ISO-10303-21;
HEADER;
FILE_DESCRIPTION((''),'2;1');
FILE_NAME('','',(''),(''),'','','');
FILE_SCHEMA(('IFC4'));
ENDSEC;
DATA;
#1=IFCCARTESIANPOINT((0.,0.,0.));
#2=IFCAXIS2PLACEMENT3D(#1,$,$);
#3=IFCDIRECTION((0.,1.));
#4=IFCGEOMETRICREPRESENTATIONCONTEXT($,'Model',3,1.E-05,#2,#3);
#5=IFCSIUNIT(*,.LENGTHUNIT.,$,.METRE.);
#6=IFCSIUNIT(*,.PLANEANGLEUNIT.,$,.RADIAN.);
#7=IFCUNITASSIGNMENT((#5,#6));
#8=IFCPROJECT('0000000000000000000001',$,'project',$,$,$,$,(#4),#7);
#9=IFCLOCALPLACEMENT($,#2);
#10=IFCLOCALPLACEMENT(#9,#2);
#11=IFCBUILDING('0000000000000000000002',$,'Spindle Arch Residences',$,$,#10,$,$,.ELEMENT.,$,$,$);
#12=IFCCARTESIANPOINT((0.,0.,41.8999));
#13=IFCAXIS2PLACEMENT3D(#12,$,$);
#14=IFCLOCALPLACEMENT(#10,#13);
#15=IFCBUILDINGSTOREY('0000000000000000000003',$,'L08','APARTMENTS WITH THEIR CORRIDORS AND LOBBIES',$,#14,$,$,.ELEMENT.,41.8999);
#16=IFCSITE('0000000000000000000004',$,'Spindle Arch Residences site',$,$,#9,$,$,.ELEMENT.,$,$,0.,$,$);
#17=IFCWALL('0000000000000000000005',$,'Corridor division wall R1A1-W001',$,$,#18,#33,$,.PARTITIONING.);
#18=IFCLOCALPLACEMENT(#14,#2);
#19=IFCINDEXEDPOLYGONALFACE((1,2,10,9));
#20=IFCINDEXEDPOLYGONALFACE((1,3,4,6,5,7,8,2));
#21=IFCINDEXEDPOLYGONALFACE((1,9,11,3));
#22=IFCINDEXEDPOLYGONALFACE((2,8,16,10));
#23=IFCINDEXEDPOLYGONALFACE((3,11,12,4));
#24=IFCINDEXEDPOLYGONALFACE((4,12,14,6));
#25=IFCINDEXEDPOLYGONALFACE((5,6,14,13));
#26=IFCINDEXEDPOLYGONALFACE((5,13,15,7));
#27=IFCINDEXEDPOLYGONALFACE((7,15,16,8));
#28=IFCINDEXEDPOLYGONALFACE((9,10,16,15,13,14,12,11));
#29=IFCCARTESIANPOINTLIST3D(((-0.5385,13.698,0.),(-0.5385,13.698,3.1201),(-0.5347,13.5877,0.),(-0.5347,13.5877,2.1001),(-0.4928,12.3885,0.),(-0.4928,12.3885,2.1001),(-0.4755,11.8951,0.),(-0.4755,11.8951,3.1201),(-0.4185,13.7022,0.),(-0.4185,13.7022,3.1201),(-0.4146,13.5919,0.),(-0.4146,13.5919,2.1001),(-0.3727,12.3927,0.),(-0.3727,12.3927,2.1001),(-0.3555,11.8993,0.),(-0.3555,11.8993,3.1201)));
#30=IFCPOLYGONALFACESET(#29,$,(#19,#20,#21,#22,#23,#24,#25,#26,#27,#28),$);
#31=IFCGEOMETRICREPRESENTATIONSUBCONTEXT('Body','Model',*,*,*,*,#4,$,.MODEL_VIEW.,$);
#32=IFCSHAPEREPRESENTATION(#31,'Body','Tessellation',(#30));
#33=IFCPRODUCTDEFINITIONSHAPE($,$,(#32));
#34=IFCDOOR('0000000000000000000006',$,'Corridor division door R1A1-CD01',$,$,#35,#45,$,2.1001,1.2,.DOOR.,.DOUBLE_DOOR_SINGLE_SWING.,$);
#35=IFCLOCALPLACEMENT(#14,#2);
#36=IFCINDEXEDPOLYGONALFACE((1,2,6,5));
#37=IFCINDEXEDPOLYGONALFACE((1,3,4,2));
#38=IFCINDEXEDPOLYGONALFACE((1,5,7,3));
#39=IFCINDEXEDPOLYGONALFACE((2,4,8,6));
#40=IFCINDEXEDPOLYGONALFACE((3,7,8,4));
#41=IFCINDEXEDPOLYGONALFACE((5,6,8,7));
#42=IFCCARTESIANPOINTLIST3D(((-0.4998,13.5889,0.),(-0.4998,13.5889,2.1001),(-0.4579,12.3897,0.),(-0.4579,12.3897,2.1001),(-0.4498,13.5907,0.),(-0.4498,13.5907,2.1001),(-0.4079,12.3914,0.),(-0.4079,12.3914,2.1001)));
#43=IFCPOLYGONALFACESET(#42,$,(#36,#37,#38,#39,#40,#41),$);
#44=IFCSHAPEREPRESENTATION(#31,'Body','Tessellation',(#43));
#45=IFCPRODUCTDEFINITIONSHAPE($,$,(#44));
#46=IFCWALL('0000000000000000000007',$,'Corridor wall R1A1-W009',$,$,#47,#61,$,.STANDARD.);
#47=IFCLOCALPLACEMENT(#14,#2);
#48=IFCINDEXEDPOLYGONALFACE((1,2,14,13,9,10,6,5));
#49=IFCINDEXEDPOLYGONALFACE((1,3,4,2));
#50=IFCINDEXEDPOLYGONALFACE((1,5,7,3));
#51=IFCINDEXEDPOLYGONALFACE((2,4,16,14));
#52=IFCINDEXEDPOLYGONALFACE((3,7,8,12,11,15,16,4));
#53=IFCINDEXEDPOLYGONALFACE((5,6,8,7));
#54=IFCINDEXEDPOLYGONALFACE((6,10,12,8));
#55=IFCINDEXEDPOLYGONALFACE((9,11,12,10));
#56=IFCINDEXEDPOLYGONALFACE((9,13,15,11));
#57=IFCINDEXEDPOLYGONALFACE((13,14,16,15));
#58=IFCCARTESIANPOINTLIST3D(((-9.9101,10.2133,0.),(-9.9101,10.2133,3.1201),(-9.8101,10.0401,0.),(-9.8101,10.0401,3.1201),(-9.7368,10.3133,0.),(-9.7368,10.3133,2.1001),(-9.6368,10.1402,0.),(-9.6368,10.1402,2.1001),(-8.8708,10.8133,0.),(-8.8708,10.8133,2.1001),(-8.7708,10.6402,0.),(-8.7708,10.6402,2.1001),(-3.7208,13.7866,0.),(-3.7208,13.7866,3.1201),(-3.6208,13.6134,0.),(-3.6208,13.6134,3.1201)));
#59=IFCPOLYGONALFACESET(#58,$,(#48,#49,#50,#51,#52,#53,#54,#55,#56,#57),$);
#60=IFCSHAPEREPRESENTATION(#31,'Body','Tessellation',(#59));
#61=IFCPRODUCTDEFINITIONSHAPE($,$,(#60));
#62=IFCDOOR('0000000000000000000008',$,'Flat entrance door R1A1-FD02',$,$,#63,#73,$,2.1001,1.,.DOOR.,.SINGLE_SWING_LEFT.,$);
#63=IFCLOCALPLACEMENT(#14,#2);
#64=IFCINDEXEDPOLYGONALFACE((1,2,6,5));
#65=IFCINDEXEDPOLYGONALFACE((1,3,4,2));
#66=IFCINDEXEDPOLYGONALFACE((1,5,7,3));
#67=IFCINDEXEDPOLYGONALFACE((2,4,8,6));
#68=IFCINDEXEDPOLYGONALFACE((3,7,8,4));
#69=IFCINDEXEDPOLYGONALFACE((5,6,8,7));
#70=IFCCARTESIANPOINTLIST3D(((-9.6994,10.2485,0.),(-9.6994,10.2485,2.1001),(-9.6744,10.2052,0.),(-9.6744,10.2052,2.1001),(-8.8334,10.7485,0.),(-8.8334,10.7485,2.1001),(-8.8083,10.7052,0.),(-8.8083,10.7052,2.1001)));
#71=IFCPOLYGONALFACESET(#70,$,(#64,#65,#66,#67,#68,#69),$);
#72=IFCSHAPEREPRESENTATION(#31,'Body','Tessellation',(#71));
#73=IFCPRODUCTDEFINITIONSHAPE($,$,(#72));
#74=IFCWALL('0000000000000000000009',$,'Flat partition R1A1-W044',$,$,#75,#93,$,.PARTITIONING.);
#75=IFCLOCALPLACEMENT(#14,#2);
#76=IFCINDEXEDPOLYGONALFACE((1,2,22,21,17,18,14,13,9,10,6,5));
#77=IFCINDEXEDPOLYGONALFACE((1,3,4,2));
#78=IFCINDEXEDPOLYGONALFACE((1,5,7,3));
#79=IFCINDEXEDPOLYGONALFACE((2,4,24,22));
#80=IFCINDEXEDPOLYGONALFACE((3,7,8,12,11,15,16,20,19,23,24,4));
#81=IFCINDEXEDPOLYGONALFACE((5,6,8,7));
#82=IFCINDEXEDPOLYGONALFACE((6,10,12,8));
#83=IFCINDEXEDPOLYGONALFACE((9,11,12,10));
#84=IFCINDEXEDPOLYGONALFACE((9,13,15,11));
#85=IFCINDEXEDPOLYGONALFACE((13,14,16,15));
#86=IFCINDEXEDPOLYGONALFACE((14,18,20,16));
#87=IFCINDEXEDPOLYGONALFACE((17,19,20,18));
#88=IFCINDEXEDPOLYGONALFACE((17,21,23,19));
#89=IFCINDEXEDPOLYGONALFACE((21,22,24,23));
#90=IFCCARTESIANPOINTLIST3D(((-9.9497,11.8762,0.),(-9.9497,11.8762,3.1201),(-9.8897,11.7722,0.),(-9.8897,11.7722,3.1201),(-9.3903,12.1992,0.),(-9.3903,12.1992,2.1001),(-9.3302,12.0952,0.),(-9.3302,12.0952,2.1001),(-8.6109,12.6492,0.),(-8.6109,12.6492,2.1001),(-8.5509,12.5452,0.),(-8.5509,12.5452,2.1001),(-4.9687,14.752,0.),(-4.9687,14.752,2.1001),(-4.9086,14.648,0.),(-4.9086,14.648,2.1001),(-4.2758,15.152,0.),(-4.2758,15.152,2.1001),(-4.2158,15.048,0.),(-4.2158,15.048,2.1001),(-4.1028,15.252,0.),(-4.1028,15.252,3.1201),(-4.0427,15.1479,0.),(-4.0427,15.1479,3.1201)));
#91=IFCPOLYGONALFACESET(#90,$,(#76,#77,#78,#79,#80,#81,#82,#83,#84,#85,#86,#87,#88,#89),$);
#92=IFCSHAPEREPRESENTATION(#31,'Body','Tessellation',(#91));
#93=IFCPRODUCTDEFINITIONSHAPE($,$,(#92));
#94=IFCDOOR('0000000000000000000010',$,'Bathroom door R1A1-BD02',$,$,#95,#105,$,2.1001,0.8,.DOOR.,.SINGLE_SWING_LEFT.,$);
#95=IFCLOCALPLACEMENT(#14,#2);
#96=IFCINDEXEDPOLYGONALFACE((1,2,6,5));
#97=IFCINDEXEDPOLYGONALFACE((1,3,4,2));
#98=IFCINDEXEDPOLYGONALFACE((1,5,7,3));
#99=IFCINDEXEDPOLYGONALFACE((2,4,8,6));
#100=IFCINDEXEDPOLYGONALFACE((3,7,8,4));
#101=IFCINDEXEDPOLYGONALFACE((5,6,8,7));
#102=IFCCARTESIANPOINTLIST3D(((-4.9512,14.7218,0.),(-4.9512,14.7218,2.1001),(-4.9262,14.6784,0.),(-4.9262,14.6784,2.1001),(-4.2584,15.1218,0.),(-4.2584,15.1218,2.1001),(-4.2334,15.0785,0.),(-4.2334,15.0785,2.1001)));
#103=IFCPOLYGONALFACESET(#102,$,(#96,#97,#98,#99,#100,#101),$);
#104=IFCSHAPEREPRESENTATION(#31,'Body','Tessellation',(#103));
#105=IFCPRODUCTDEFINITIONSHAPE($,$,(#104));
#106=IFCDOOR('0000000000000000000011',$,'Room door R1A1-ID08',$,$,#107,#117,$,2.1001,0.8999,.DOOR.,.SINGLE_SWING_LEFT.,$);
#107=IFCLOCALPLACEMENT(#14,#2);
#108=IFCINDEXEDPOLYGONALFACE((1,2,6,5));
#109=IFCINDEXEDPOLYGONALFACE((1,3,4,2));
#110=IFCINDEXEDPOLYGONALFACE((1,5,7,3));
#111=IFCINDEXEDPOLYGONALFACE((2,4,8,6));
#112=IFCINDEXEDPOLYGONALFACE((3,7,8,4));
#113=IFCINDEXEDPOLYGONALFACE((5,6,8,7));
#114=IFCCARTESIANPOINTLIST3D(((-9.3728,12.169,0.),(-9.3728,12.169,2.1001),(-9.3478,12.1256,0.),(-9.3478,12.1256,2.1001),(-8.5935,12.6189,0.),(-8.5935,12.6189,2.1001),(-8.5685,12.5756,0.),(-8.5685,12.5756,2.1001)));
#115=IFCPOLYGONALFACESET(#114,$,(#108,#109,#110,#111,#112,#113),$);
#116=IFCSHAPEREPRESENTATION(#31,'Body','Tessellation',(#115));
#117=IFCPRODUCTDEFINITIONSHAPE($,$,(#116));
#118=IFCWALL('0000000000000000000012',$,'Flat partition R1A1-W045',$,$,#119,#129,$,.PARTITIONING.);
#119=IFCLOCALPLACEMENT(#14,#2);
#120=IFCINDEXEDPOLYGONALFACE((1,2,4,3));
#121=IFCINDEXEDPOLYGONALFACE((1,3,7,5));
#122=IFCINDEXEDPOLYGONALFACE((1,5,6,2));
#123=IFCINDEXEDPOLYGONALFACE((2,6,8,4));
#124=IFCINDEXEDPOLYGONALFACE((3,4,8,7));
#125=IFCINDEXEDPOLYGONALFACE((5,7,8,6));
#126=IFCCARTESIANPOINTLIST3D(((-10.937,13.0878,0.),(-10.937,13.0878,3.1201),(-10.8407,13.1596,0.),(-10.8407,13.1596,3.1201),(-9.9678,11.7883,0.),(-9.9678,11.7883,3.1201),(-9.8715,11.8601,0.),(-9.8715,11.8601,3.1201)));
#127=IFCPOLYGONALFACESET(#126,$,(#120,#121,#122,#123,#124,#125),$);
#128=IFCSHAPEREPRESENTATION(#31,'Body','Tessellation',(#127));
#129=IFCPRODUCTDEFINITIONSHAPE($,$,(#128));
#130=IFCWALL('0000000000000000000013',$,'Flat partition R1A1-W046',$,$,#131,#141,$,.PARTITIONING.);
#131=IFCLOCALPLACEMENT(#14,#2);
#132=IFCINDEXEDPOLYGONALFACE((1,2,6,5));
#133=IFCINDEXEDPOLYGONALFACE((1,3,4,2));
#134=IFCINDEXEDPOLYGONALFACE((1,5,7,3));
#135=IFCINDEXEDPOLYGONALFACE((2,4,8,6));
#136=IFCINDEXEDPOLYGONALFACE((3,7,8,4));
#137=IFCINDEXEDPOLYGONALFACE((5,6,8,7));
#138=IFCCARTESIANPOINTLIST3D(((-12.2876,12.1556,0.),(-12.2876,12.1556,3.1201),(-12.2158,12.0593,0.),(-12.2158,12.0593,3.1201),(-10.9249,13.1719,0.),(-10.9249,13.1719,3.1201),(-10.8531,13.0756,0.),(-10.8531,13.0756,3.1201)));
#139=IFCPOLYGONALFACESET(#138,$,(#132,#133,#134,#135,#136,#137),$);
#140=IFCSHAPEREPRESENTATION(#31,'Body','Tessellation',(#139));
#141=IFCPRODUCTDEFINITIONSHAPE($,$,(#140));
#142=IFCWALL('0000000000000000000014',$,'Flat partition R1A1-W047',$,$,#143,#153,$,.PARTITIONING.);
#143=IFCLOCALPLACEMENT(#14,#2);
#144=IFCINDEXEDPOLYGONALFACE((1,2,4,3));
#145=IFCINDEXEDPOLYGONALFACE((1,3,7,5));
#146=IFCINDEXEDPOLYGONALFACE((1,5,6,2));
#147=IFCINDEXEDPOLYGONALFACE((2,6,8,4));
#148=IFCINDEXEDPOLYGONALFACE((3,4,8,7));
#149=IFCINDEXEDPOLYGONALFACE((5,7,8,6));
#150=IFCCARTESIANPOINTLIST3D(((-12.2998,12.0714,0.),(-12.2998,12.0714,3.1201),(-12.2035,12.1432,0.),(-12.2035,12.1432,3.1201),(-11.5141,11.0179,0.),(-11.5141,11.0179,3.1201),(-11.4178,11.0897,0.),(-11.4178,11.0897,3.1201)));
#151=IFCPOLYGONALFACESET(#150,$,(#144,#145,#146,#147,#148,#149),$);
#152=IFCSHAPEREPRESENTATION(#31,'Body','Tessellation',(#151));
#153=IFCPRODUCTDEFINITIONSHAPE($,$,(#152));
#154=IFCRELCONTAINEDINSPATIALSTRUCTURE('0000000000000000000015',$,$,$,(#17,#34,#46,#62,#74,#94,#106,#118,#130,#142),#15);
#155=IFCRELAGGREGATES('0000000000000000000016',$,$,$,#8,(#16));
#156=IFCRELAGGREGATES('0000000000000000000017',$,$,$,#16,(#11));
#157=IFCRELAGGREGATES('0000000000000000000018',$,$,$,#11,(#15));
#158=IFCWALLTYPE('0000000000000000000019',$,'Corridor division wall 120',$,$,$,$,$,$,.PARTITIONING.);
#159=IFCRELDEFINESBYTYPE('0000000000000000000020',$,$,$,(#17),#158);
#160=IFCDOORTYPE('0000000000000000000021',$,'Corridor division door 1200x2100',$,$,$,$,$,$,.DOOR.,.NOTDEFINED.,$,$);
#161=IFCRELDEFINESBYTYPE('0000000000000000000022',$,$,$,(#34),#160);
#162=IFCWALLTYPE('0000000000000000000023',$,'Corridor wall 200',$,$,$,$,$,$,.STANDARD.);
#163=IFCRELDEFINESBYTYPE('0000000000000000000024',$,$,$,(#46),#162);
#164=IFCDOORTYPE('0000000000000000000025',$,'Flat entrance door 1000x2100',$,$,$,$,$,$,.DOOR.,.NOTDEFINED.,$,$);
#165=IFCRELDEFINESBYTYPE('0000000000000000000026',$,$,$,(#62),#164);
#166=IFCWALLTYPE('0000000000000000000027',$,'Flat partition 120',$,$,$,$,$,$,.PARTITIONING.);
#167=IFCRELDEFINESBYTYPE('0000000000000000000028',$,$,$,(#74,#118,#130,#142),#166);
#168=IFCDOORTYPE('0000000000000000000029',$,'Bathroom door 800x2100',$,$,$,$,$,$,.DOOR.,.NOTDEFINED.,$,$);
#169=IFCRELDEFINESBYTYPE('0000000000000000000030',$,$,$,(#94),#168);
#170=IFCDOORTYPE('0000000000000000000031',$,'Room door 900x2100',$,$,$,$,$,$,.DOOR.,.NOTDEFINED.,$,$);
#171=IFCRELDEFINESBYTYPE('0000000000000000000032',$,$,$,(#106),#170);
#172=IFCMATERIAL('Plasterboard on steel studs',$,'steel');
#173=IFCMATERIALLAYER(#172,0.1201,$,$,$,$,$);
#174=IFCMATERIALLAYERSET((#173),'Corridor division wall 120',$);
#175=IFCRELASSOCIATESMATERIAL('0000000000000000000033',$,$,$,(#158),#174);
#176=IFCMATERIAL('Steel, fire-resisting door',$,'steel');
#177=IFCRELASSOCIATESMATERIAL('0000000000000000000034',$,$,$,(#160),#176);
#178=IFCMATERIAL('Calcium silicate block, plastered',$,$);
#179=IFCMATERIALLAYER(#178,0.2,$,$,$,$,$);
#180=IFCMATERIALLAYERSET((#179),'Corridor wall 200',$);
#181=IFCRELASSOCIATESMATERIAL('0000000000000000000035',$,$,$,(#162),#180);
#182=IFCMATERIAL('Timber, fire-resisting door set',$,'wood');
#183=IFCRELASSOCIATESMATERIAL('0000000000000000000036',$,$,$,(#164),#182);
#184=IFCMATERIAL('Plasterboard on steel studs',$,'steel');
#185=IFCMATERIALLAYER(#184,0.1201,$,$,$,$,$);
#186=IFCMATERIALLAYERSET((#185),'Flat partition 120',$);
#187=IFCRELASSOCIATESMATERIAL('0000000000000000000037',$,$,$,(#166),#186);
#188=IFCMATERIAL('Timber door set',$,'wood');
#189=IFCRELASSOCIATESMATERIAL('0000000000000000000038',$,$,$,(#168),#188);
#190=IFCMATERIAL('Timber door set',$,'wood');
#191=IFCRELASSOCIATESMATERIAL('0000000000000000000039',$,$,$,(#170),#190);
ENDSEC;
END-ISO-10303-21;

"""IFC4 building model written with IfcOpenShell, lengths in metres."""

from ifc_helpers import new_model, si_unit, direction, frame, frame_2d, origin, place, context, subcontext, project, spatial, rectangle, extrude, material, layer, layer_set, type_object, element, fill, save


model = new_model("IFC4")

# Units and contexts
model_context = context("Model", 3, precision=1e-05, world=origin(), true_north=direction((0.0, 1.0)))
body_context = subcontext(model_context, "Body", "Model", "MODEL_VIEW")
ifc_project = project(units=[si_unit("LENGTHUNIT", "METRE"), si_unit("PLANEANGLEUNIT", "RADIAN")], contexts=[model_context])

# Site, building, storey
site_placement = place(None, origin())
site = spatial("IfcSite", under=ifc_project, at=site_placement, Name="Spindle Arch Residences site", CompositionType="ELEMENT", RefElevation=0.0)
building_placement = place(site_placement, origin())
building = spatial("IfcBuilding", under=site, at=building_placement, Name="Spindle Arch Residences", CompositionType="ELEMENT")
storey_placement = place(building_placement, frame((0.0, 0.0, 41.8999)))
storey = spatial("IfcBuildingStorey", under=building, at=storey_placement, Name="L08", Description="APARTMENTS WITH THEIR CORRIDORS AND LOBBIES", CompositionType="ELEMENT", Elevation=41.8999)

# Walls, openings, doors
ifc_material_1 = material(Name="Plasterboard on steel studs", Category="steel")
ifc_layer_1 = layer(ifc_material_1, 0.1201)
ifc_layer_set_1 = layer_set([ifc_layer_1], Name="Corridor division wall 120")
wall_type_1 = type_object("IfcWallType", Name="Corridor division wall 120", PredefinedType="PARTITIONING", material=ifc_layer_set_1)
wall_1_placement = place(storey_placement, frame((-0.4785, 13.7, 0.0), z_axis=(0.0, 0.0, 1.0), x_axis=(0.034919, -0.99939, 0.0)))
wall_1 = element("IfcWall", 1, at=wall_1_placement, inside=storey, type_object=wall_type_1, Name="Corridor division wall R1A1-W001", PredefinedType="PARTITIONING", context=body_context, shape_type="SweptSolid", body=[
    extrude(rectangle(XDim=1.804, YDim=0.1201, at=frame_2d((0.9019, 0.0))), origin(), (0.0, 0.0, 1.0), 3.1201),
])
opening_1_placement = place(wall_1_placement, frame((0.1101, 0.0, 0.0)))
opening_1 = element("IfcOpeningElement", 2, at=opening_1_placement, cuts=wall_1, PredefinedType="OPENING", context=body_context, shape_type="SweptSolid", body=[
    extrude(rectangle(XDim=1.2, YDim=2.1001, at=frame_2d((0.6001, 1.05))), frame((0.0, 0.0701, 0.0), z_axis=(0.0, -1.0, 0.0), x_axis=(1.0, 0.0, 0.0)), (0.0, 0.0, 1.0), 0.1401),
])
ifc_material_2 = material(Name="Steel, fire-resisting door", Category="steel")
door_type_1 = type_object("IfcDoorType", Name="Corridor division door 1200x2100", OperationType="NOTDEFINED", PredefinedType="DOOR", material=ifc_material_2)
door_1_placement = place(opening_1_placement, origin())
door_1 = element("IfcDoor", 3, at=door_1_placement, inside=storey, type_object=door_type_1, Name="Corridor division door R1A1-CD01", OperationType="DOUBLE_DOOR_SINGLE_SWING", OverallHeight=2.1001, OverallWidth=1.2, PredefinedType="DOOR", context=body_context, shape_type="SweptSolid", body=[
    extrude(rectangle(XDim=1.2, YDim=2.1001, at=frame_2d((0.6001, 1.05))), frame((0.0, 0.0249, 0.0), z_axis=(0.0, -1.0, 0.0), x_axis=(1.0, 0.0, 0.0)), (0.0, 0.0, 1.0), 0.05),
])
fill(opening_1, door_1)
ifc_material_3 = material(Name="Calcium silicate block, plastered")
ifc_layer_2 = layer(ifc_material_3, 0.2)
ifc_layer_set_2 = layer_set([ifc_layer_2], Name="Corridor wall 200")
wall_type_2 = type_object("IfcWallType", Name="Corridor wall 200", PredefinedType="STANDARD", material=ifc_layer_set_2)
wall_2_placement = place(storey_placement, frame((-3.6709, 13.7, 0.0), z_axis=(0.0, 0.0, 1.0), x_axis=(-0.866031, -0.49999, 0.0)))
wall_2 = element("IfcWall", 4, at=wall_2_placement, inside=storey, type_object=wall_type_2, Name="Corridor wall R1A1-W009", PredefinedType="STANDARD", context=body_context, shape_type="SweptSolid", body=[
    extrude(rectangle(XDim=7.1467, YDim=0.2, at=frame_2d((3.5732, 0.0))), origin(), (0.0, 0.0, 1.0), 3.1201),
])
opening_2_placement = place(wall_2_placement, frame((5.9465, 0.0, 0.0)))
opening_2 = element("IfcOpeningElement", 5, at=opening_2_placement, cuts=wall_2, PredefinedType="OPENING", context=body_context, shape_type="SweptSolid", body=[
    extrude(rectangle(XDim=1.0, YDim=2.1001, at=frame_2d((0.5, 1.05))), frame((0.0, 0.1099, 0.0), z_axis=(0.0, -1.0, 0.0), x_axis=(1.0, 0.0, 0.0)), (0.0, 0.0, 1.0), 0.22),
])
ifc_material_4 = material(Name="Timber, fire-resisting door set", Category="wood")
door_type_2 = type_object("IfcDoorType", Name="Flat entrance door 1000x2100", OperationType="NOTDEFINED", PredefinedType="DOOR", material=ifc_material_4)
door_2_placement = place(opening_2_placement, origin())
door_2 = element("IfcDoor", 6, at=door_2_placement, inside=storey, type_object=door_type_2, Name="Flat entrance door R1A1-FD02", OperationType="SINGLE_SWING_LEFT", OverallHeight=2.1001, OverallWidth=1.0, PredefinedType="DOOR", context=body_context, shape_type="SweptSolid", body=[
    extrude(rectangle(XDim=1.0, YDim=2.1001, at=frame_2d((0.5, 1.05))), frame((0.0, 0.0249, 0.0), z_axis=(0.0, -1.0, 0.0), x_axis=(1.0, 0.0, 0.0)), (0.0, 0.0, 1.0), 0.05),
])
fill(opening_2, door_2)

# Wall, openings, doors
ifc_material_5 = material(Name="Plasterboard on steel studs", Category="steel")
ifc_layer_3 = layer(ifc_material_5, 0.1201)
ifc_layer_set_3 = layer_set([ifc_layer_3], Name="Flat partition 120")
wall_type_3 = type_object("IfcWallType", Name="Flat partition 120", PredefinedType="PARTITIONING", material=ifc_layer_set_3)
wall_3_placement = place(storey_placement, frame((-4.0728, 15.2, 0.0), z_axis=(0.0, 0.0, 1.0), x_axis=(-0.866025, -0.500001, 0.0)))
wall_3 = element("IfcWall", 7, at=wall_3_placement, inside=storey, type_object=wall_type_3, Name="Flat partition R1A1-W044", PredefinedType="PARTITIONING", context=body_context, shape_type="SweptSolid", body=[
    extrude(rectangle(XDim=6.7515, YDim=0.1201, at=frame_2d((3.3757, 0.0))), origin(), (0.0, 0.0, 1.0), 3.1201),
])
opening_3_placement = place(wall_3_placement, frame((0.2, 0.0, 0.0)))
opening_3 = element("IfcOpeningElement", 8, at=opening_3_placement, cuts=wall_3, PredefinedType="OPENING", context=body_context, shape_type="SweptSolid", body=[
    extrude(rectangle(XDim=0.8, YDim=2.1001, at=frame_2d((0.3999, 1.05))), frame((0.0, 0.0701, 0.0), z_axis=(0.0, -1.0, 0.0), x_axis=(1.0, 0.0, 0.0)), (0.0, 0.0, 1.0), 0.1401),
])
opening_4_placement = place(wall_3_placement, frame((5.2056, 0.0, 0.0)))
opening_4 = element("IfcOpeningElement", 9, at=opening_4_placement, cuts=wall_3, PredefinedType="OPENING", context=body_context, shape_type="SweptSolid", body=[
    extrude(rectangle(XDim=0.8999, YDim=2.1001, at=frame_2d((0.45, 1.05))), frame((0.0, 0.0701, 0.0), z_axis=(0.0, -1.0, 0.0), x_axis=(1.0, 0.0, 0.0)), (0.0, 0.0, 1.0), 0.1401),
])
ifc_material_6 = material(Name="Timber door set", Category="wood")
door_type_3 = type_object("IfcDoorType", Name="Bathroom door 800x2100", OperationType="NOTDEFINED", PredefinedType="DOOR", material=ifc_material_6)
door_3_placement = place(opening_3_placement, origin())
door_3 = element("IfcDoor", 10, at=door_3_placement, inside=storey, type_object=door_type_3, Name="Bathroom door R1A1-BD02", OperationType="SINGLE_SWING_LEFT", OverallHeight=2.1001, OverallWidth=0.8, PredefinedType="DOOR", context=body_context, shape_type="SweptSolid", body=[
    extrude(rectangle(XDim=0.8, YDim=2.1001, at=frame_2d((0.3999, 1.05))), frame((0.0, 0.0249, 0.0), z_axis=(0.0, -1.0, 0.0), x_axis=(1.0, 0.0, 0.0)), (0.0, 0.0, 1.0), 0.05),
])
fill(opening_3, door_3)
ifc_material_7 = material(Name="Timber door set", Category="wood")
door_type_4 = type_object("IfcDoorType", Name="Room door 900x2100", OperationType="NOTDEFINED", PredefinedType="DOOR", material=ifc_material_7)
door_4_placement = place(opening_4_placement, origin())
door_4 = element("IfcDoor", 11, at=door_4_placement, inside=storey, type_object=door_type_4, Name="Room door R1A1-ID08", OperationType="SINGLE_SWING_LEFT", OverallHeight=2.1001, OverallWidth=0.8999, PredefinedType="DOOR", context=body_context, shape_type="SweptSolid", body=[
    extrude(rectangle(XDim=0.8999, YDim=2.1001, at=frame_2d((0.45, 1.05))), frame((0.0, 0.0249, 0.0), z_axis=(0.0, -1.0, 0.0), x_axis=(1.0, 0.0, 0.0)), (0.0, 0.0, 1.0), 0.05),
])
fill(opening_4, door_4)

# Walls
wall_4_placement = place(storey_placement, frame((-9.9197, 11.8242, 0.0), z_axis=(0.0, 0.0, 1.0), x_axis=(-0.597853, 0.801605, 0.0)))
element("IfcWall", 12, at=wall_4_placement, inside=storey, type_object=wall_type_3, Name="Flat partition R1A1-W045", PredefinedType="PARTITIONING", context=body_context, shape_type="SweptSolid", body=[
    extrude(rectangle(XDim=1.6211, YDim=0.1201, at=frame_2d((0.8105, 0.0))), origin(), (0.0, 0.0, 1.0), 3.1201),
])
wall_5_placement = place(storey_placement, frame((-10.8889, 13.1238, 0.0), z_axis=(0.0, 0.0, 1.0), x_axis=(-0.801617, -0.597838, 0.0)))
element("IfcWall", 13, at=wall_5_placement, inside=storey, type_object=wall_type_3, Name="Flat partition R1A1-W046", PredefinedType="PARTITIONING", context=body_context, shape_type="SweptSolid", body=[
    extrude(rectangle(XDim=1.7, YDim=0.1201, at=frame_2d((0.8501, 0.0))), origin(), (0.0, 0.0, 1.0), 3.1201),
])
wall_6_placement = place(storey_placement, frame((-12.2517, 12.1074, 0.0), z_axis=(0.0, 0.0, 1.0), x_axis=(0.597828, -0.801624, 0.0)))
element("IfcWall", 14, at=wall_6_placement, inside=storey, type_object=wall_type_3, Name="Flat partition R1A1-W047", PredefinedType="PARTITIONING", context=body_context, shape_type="SweptSolid", body=[
    extrude(rectangle(XDim=1.3142, YDim=0.1201, at=frame_2d((0.6572, 0.0))), origin(), (0.0, 0.0, 1.0), 3.1201),
])

save(model, "model.ifc")
